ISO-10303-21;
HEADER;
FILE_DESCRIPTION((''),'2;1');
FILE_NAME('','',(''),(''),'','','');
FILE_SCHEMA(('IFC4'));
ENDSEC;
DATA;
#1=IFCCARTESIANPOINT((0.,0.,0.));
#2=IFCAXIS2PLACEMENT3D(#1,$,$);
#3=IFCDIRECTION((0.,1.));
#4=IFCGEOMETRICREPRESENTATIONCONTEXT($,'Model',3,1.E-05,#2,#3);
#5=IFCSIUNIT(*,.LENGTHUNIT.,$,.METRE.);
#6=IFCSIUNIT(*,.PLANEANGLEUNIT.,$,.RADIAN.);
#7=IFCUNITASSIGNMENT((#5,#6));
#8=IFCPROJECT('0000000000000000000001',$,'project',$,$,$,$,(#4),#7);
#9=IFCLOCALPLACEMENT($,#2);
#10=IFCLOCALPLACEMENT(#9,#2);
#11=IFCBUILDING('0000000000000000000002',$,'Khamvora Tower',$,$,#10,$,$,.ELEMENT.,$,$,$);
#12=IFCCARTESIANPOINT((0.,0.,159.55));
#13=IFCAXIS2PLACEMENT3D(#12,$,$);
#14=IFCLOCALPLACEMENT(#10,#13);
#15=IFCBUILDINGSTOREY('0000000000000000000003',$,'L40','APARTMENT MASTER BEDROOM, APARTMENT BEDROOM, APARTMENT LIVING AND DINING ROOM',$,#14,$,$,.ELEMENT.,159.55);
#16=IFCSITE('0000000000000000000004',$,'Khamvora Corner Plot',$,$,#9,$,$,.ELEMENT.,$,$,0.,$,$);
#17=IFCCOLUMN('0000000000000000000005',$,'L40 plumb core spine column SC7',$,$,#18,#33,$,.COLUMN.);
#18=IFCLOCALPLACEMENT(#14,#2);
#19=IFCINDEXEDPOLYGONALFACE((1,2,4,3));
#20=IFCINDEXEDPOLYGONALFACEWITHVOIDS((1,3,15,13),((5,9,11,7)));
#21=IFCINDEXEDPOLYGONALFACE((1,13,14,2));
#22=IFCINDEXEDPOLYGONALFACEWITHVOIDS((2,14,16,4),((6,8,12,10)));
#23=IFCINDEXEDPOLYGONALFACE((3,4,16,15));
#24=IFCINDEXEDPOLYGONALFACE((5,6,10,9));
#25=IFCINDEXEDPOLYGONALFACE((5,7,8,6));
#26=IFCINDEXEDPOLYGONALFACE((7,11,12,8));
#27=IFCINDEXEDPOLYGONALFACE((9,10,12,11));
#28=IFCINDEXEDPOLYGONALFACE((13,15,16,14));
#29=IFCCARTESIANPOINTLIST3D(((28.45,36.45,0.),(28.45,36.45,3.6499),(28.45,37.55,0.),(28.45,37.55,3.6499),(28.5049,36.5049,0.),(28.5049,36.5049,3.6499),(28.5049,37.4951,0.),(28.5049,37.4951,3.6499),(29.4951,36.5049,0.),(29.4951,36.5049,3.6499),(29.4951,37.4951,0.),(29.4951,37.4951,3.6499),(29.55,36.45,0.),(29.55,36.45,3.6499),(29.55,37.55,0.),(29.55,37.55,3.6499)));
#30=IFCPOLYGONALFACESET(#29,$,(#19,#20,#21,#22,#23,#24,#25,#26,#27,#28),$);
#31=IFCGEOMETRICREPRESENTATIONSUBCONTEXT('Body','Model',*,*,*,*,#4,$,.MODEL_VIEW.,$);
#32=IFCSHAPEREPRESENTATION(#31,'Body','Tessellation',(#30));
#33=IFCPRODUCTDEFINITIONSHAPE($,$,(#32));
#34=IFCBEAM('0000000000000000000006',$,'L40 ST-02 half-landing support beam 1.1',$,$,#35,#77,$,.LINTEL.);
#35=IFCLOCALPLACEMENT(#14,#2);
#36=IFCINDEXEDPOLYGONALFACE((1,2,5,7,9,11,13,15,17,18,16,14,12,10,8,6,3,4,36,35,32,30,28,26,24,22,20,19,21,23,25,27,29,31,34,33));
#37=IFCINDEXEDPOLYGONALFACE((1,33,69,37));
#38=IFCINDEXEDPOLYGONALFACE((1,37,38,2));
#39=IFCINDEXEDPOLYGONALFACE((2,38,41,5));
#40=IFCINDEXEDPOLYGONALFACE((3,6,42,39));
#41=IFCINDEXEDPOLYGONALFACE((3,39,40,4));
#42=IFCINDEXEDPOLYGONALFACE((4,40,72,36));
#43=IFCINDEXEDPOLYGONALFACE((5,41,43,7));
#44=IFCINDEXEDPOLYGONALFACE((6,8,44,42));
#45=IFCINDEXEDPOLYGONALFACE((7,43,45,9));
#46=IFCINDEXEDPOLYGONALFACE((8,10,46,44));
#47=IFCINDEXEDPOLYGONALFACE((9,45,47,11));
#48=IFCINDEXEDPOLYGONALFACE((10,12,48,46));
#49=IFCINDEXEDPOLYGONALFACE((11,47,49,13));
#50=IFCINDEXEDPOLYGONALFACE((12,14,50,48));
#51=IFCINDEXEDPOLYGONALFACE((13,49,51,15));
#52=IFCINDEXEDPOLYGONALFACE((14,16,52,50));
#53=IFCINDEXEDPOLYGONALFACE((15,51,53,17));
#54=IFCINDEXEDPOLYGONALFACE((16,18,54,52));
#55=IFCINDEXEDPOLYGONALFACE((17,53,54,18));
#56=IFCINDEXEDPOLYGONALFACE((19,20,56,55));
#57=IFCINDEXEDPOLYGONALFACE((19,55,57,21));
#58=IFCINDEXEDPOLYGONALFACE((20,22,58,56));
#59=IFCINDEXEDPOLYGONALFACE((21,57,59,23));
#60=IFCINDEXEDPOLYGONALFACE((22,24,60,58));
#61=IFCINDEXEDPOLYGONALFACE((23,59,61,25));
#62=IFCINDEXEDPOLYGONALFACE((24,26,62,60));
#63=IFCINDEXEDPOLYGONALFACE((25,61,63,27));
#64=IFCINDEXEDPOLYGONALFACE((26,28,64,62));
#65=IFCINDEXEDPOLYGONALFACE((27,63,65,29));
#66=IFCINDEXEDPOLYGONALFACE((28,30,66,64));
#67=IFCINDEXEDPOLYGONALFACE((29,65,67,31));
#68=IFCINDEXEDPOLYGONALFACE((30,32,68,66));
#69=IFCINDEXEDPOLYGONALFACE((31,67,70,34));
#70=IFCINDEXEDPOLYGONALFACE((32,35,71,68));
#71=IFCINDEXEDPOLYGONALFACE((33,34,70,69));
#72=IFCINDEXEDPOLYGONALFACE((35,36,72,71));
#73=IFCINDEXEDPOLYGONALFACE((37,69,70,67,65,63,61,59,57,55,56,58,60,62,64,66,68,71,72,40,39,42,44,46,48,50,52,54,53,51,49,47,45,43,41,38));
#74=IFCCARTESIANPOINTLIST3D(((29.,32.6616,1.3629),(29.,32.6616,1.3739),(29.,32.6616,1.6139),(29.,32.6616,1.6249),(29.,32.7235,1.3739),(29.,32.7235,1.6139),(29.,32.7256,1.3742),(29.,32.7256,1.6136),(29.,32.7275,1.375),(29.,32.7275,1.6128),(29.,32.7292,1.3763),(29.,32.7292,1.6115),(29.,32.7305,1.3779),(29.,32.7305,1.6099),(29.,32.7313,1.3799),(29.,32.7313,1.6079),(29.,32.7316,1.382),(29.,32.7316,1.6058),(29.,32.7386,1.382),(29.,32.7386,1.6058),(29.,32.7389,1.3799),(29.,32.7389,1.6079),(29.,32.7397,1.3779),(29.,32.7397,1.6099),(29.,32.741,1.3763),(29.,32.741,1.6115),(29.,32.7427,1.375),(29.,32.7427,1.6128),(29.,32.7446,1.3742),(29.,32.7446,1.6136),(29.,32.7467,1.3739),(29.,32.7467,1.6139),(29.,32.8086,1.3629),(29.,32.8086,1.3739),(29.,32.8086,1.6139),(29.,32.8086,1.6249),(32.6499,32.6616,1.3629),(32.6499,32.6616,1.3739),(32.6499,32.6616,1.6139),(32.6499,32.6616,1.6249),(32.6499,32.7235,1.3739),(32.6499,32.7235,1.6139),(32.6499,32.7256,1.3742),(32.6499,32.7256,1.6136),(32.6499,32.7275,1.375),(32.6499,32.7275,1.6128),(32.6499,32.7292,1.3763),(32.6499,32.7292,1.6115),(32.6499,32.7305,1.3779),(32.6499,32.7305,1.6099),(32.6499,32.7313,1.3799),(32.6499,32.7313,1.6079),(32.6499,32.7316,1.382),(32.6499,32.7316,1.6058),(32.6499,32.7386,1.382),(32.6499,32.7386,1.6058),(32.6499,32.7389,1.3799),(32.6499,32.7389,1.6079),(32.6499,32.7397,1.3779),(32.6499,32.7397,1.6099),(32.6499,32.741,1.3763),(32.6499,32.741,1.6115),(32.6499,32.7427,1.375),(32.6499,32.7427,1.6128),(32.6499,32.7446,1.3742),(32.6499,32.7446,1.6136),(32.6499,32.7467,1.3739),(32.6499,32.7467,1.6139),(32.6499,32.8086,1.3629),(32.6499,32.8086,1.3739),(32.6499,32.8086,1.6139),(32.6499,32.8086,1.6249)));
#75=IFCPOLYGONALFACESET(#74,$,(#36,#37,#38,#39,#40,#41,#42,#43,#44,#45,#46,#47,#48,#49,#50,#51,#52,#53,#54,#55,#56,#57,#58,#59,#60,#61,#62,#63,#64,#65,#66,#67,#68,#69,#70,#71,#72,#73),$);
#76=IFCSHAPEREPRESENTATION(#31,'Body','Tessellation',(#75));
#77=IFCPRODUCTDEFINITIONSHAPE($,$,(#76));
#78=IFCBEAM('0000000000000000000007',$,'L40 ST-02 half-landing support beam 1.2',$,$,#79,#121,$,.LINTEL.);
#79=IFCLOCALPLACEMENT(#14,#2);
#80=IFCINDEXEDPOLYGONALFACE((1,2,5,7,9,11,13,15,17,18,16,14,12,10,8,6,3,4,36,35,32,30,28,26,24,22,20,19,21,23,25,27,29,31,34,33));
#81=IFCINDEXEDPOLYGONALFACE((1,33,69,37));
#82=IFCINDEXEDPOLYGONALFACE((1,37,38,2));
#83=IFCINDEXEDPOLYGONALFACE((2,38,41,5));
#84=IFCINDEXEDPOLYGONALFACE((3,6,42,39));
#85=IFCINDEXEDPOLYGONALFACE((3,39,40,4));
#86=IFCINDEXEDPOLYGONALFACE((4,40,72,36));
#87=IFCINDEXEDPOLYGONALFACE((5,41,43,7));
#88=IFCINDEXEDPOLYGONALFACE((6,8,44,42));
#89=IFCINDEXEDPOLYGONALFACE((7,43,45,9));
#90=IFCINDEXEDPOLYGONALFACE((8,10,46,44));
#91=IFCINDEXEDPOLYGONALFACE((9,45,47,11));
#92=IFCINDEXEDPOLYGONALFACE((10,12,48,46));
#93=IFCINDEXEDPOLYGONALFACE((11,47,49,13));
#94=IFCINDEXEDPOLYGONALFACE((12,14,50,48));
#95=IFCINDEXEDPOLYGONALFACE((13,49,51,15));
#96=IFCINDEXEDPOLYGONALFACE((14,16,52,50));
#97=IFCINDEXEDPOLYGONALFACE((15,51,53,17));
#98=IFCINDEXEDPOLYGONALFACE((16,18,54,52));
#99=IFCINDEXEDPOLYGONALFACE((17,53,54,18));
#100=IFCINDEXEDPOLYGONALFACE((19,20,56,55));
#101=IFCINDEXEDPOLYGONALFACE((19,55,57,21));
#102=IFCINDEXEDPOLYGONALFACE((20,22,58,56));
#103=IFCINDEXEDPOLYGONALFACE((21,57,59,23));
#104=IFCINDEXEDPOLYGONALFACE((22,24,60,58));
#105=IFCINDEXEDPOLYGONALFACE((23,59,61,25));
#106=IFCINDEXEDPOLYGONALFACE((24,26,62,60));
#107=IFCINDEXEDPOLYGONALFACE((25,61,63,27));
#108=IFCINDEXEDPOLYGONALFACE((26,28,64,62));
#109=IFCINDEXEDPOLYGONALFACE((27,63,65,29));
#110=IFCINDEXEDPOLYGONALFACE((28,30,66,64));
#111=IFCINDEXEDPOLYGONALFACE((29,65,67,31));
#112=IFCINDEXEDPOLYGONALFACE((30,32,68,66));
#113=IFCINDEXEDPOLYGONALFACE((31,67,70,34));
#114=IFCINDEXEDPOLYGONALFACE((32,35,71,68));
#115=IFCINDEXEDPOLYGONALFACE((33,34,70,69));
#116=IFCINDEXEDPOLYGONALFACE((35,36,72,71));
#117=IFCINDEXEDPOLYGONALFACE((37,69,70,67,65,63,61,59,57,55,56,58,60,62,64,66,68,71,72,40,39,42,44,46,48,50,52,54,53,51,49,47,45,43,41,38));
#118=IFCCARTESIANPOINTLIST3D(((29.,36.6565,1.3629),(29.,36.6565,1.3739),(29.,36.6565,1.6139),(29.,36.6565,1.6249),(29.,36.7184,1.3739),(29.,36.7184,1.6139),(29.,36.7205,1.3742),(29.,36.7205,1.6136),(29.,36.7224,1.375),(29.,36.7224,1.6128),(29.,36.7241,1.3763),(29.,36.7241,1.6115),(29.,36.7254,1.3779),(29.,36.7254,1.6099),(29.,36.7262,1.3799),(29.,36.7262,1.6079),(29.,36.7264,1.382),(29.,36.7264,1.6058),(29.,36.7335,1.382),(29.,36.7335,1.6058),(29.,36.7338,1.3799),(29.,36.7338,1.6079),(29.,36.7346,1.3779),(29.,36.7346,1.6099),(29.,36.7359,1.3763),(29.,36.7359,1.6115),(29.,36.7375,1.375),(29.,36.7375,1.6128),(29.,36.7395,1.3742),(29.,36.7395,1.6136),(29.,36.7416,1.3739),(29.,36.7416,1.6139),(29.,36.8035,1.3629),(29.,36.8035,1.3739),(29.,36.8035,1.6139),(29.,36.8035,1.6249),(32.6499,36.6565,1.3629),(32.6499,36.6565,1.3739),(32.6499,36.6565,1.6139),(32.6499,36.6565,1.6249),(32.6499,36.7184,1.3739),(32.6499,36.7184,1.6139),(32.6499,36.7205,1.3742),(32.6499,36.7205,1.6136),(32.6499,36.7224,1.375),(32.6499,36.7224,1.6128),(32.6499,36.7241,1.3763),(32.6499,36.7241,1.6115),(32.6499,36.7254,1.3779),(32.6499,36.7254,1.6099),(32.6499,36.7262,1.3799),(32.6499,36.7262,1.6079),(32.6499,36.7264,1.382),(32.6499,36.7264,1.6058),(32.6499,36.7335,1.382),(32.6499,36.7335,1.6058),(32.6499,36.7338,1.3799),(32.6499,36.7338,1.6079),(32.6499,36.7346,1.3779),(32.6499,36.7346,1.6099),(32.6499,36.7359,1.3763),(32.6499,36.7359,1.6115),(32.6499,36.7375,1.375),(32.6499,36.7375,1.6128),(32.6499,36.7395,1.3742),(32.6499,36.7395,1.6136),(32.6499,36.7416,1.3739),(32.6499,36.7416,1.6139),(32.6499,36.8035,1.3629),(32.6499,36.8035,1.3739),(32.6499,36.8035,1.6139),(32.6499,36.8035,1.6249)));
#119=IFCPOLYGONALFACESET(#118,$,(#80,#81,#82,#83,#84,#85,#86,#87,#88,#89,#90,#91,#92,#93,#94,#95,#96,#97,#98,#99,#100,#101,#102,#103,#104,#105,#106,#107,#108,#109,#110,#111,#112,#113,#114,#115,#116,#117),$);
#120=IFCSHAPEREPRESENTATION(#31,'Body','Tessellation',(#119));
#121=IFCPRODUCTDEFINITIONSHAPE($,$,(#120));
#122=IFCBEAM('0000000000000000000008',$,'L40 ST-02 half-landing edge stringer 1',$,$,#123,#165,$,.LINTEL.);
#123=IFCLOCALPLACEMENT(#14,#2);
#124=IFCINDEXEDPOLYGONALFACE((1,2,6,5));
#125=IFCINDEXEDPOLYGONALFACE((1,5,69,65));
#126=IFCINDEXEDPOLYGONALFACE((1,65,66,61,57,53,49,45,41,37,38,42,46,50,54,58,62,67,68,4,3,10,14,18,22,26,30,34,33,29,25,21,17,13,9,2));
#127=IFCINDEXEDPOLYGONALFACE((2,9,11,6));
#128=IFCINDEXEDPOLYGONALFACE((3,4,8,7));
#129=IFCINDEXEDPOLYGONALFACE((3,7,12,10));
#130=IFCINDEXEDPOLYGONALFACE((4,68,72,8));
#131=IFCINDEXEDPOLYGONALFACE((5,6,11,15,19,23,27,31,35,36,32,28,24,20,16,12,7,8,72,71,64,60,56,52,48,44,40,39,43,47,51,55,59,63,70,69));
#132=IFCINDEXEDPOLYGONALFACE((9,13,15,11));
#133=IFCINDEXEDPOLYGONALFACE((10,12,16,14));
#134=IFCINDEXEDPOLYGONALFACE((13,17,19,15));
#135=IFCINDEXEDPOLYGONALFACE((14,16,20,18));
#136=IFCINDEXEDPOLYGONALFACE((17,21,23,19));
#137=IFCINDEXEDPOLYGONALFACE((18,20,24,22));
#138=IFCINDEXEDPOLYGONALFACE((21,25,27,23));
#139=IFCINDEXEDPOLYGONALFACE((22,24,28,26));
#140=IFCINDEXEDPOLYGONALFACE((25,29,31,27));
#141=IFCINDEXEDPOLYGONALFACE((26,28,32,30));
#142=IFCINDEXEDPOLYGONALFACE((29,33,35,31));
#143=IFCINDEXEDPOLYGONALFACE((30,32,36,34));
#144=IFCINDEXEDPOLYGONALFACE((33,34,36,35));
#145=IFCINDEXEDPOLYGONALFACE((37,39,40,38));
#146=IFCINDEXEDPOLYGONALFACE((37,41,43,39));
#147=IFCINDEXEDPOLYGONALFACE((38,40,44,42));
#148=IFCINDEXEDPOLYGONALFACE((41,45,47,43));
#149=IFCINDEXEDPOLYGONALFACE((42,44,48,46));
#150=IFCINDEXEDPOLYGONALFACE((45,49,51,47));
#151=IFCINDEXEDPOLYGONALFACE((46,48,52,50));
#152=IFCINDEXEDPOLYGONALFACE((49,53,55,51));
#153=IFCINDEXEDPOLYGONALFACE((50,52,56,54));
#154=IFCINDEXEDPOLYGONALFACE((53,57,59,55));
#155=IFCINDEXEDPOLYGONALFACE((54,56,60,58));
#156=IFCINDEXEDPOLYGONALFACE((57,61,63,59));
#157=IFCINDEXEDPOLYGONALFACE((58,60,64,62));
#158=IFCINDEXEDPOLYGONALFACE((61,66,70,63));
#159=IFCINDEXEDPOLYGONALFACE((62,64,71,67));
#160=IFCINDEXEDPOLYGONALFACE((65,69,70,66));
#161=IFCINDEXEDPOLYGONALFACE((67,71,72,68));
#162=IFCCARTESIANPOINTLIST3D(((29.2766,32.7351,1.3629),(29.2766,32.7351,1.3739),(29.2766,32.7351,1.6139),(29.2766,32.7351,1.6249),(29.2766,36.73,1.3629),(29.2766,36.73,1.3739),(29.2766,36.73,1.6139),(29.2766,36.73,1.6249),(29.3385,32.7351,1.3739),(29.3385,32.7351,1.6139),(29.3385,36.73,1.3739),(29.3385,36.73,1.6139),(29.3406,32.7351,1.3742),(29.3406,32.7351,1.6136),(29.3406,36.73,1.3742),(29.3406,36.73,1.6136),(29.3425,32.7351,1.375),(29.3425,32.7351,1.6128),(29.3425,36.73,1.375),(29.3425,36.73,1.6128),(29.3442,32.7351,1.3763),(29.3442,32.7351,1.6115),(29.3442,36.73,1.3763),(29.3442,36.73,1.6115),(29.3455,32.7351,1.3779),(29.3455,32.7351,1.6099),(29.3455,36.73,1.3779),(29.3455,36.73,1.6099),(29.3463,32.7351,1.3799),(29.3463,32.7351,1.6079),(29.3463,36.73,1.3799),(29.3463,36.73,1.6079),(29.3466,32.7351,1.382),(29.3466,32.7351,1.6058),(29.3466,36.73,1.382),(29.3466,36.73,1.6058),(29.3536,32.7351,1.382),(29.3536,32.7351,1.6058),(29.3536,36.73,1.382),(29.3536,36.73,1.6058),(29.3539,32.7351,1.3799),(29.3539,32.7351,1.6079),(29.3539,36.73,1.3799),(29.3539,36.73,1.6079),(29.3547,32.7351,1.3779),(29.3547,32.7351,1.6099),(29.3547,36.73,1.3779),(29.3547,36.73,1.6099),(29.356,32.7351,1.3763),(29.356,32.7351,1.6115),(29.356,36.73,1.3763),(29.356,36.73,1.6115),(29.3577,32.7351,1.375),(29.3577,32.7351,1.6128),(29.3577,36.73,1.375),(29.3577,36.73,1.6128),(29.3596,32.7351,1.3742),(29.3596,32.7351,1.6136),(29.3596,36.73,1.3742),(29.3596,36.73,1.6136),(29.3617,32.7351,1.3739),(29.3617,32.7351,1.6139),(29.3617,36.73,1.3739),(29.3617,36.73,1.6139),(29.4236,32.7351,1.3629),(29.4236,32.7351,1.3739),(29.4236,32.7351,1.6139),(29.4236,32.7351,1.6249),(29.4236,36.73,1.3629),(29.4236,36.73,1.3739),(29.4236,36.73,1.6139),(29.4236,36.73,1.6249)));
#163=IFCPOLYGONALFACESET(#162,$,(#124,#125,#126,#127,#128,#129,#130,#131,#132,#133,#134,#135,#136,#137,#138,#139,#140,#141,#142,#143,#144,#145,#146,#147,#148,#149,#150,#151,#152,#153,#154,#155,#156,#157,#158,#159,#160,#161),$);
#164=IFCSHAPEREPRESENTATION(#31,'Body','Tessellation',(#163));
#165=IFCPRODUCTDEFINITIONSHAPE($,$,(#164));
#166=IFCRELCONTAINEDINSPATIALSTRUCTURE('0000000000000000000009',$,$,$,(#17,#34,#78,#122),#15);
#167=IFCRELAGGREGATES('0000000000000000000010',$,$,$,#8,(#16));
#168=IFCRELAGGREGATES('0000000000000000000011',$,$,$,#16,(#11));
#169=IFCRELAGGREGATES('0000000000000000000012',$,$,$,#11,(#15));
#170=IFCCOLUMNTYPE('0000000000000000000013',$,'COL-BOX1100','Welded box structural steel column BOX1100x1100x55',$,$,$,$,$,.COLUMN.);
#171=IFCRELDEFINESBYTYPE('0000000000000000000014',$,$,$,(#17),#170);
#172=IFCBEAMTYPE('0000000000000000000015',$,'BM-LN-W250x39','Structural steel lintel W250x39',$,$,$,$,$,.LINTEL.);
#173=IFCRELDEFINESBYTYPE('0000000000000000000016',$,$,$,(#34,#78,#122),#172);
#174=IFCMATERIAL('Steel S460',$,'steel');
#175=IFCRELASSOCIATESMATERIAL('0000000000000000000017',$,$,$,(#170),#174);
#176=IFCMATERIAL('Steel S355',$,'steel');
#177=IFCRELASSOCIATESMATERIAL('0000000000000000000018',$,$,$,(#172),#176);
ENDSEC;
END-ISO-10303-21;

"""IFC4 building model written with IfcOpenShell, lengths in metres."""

from ifc_helpers import new_model, si_unit, direction, frame, origin, origin_2d, place, context, subcontext, project, spatial, hollow_rectangle, i_section, extrude, material, material_profile, profile_set, type_object, element, save


model = new_model("IFC4")

# Units and contexts
model_context = context("Model", 3, precision=1e-05, world=origin(), true_north=direction((0.0, 1.0)))
body_context = subcontext(model_context, "Body", "Model", "MODEL_VIEW")
ifc_project = project(units=[si_unit("LENGTHUNIT", "METRE"), si_unit("PLANEANGLEUNIT", "RADIAN")], contexts=[model_context])

# Site, building, storey
site_placement = place(None, origin())
site = spatial("IfcSite", under=ifc_project, at=site_placement, Name="Khamvora Corner Plot", CompositionType="ELEMENT", RefElevation=0.0)
building_placement = place(site_placement, origin())
building = spatial("IfcBuilding", under=site, at=building_placement, Name="Khamvora Tower", CompositionType="ELEMENT")
storey_placement = place(building_placement, frame((0.0, 0.0, 159.55)))
storey = spatial("IfcBuildingStorey", under=building, at=storey_placement, Name="L40", Description="APARTMENT MASTER BEDROOM, APARTMENT BEDROOM, APARTMENT LIVING AND DINING ROOM", CompositionType="ELEMENT", Elevation=159.55)

# Column
ifc_material_1 = material(Name="Steel S460", Category="steel")
ifc_material_profile_1 = material_profile(ifc_material_1, hollow_rectangle(XDim=1.1001, YDim=1.1001, WallThickness=0.0549, at=origin_2d()), Name="BOX1100x1100x55")
ifc_profile_set_1 = profile_set([ifc_material_profile_1], Name="Steel S460")
column_type = type_object("IfcColumnType", Name="COL-BOX1100", Description="Welded box structural steel column BOX1100x1100x55", PredefinedType="COLUMN", material=ifc_profile_set_1)
column_placement = place(storey_placement, frame((29.0, 37.0, 0.0), z_axis=(0.0, 0.0, 1.0), x_axis=(1.0, 0.0, 0.0)))
element("IfcColumn", 1, at=column_placement, inside=storey, type_object=column_type, Name="L40 plumb core spine column SC7", PredefinedType="COLUMN", context=body_context, shape_type="SweptSolid", body=[
    extrude(hollow_rectangle(XDim=1.1001, YDim=1.1001, WallThickness=0.0549, at=origin_2d()), origin(), (0.0, 0.0, 1.0), 3.6499),
])

# Beams
ifc_material_2 = material(Name="Steel S355", Category="steel")
ifc_material_profile_2 = material_profile(ifc_material_2, i_section(OverallWidth=0.147, OverallDepth=0.262, WebThickness=0.0071, FlangeThickness=0.011, FilletRadius=0.0081, at=origin_2d()), Name="W250x39")
ifc_profile_set_2 = profile_set([ifc_material_profile_2], Name="Steel S355")
beam_type_1 = type_object("IfcBeamType", Name="BM-LN-W250x39", Description="Structural steel lintel W250x39", PredefinedType="LINTEL", material=ifc_profile_set_2)
for number, where, z_axis, x_axis, name in (
    (2, (29.0, 32.7351, 1.4939), (1.0, 0.0, 0.0), (0.0, 1.0, 0.0), "L40 ST-02 half-landing support beam 1.1"),
    (3, (29.0, 36.73, 1.4939), (1.0, 0.0, 0.0), (0.0, 1.0, 0.0), "L40 ST-02 half-landing support beam 1.2"),
):
    element("IfcBeam", number, at=place(storey_placement, frame(where, z_axis=z_axis, x_axis=x_axis)), inside=storey, type_object=beam_type_1, Name=name, PredefinedType="LINTEL", context=body_context, shape_type="SweptSolid", body=[
        extrude(i_section(OverallWidth=0.147, OverallDepth=0.262, WebThickness=0.0071, FlangeThickness=0.011, FilletRadius=0.0081, at=origin_2d()), origin(), (0.0, 0.0, 1.0), 3.6499),
    ])
beam_1_placement = place(storey_placement, frame((29.3501, 32.7351, 1.4939), z_axis=(0.0, 1.0, 0.0), x_axis=(-1.0, 0.0, 0.0)))
element("IfcBeam", 4, at=beam_1_placement, inside=storey, type_object=beam_type_1, Name="L40 ST-02 half-landing edge stringer 1", PredefinedType="LINTEL", context=body_context, shape_type="SweptSolid", body=[
    extrude(i_section(OverallWidth=0.147, OverallDepth=0.262, WebThickness=0.0071, FlangeThickness=0.011, FilletRadius=0.0081, at=origin_2d()), origin(), (0.0, 0.0, 1.0), 3.9949),
])

save(model, "model.ifc")
